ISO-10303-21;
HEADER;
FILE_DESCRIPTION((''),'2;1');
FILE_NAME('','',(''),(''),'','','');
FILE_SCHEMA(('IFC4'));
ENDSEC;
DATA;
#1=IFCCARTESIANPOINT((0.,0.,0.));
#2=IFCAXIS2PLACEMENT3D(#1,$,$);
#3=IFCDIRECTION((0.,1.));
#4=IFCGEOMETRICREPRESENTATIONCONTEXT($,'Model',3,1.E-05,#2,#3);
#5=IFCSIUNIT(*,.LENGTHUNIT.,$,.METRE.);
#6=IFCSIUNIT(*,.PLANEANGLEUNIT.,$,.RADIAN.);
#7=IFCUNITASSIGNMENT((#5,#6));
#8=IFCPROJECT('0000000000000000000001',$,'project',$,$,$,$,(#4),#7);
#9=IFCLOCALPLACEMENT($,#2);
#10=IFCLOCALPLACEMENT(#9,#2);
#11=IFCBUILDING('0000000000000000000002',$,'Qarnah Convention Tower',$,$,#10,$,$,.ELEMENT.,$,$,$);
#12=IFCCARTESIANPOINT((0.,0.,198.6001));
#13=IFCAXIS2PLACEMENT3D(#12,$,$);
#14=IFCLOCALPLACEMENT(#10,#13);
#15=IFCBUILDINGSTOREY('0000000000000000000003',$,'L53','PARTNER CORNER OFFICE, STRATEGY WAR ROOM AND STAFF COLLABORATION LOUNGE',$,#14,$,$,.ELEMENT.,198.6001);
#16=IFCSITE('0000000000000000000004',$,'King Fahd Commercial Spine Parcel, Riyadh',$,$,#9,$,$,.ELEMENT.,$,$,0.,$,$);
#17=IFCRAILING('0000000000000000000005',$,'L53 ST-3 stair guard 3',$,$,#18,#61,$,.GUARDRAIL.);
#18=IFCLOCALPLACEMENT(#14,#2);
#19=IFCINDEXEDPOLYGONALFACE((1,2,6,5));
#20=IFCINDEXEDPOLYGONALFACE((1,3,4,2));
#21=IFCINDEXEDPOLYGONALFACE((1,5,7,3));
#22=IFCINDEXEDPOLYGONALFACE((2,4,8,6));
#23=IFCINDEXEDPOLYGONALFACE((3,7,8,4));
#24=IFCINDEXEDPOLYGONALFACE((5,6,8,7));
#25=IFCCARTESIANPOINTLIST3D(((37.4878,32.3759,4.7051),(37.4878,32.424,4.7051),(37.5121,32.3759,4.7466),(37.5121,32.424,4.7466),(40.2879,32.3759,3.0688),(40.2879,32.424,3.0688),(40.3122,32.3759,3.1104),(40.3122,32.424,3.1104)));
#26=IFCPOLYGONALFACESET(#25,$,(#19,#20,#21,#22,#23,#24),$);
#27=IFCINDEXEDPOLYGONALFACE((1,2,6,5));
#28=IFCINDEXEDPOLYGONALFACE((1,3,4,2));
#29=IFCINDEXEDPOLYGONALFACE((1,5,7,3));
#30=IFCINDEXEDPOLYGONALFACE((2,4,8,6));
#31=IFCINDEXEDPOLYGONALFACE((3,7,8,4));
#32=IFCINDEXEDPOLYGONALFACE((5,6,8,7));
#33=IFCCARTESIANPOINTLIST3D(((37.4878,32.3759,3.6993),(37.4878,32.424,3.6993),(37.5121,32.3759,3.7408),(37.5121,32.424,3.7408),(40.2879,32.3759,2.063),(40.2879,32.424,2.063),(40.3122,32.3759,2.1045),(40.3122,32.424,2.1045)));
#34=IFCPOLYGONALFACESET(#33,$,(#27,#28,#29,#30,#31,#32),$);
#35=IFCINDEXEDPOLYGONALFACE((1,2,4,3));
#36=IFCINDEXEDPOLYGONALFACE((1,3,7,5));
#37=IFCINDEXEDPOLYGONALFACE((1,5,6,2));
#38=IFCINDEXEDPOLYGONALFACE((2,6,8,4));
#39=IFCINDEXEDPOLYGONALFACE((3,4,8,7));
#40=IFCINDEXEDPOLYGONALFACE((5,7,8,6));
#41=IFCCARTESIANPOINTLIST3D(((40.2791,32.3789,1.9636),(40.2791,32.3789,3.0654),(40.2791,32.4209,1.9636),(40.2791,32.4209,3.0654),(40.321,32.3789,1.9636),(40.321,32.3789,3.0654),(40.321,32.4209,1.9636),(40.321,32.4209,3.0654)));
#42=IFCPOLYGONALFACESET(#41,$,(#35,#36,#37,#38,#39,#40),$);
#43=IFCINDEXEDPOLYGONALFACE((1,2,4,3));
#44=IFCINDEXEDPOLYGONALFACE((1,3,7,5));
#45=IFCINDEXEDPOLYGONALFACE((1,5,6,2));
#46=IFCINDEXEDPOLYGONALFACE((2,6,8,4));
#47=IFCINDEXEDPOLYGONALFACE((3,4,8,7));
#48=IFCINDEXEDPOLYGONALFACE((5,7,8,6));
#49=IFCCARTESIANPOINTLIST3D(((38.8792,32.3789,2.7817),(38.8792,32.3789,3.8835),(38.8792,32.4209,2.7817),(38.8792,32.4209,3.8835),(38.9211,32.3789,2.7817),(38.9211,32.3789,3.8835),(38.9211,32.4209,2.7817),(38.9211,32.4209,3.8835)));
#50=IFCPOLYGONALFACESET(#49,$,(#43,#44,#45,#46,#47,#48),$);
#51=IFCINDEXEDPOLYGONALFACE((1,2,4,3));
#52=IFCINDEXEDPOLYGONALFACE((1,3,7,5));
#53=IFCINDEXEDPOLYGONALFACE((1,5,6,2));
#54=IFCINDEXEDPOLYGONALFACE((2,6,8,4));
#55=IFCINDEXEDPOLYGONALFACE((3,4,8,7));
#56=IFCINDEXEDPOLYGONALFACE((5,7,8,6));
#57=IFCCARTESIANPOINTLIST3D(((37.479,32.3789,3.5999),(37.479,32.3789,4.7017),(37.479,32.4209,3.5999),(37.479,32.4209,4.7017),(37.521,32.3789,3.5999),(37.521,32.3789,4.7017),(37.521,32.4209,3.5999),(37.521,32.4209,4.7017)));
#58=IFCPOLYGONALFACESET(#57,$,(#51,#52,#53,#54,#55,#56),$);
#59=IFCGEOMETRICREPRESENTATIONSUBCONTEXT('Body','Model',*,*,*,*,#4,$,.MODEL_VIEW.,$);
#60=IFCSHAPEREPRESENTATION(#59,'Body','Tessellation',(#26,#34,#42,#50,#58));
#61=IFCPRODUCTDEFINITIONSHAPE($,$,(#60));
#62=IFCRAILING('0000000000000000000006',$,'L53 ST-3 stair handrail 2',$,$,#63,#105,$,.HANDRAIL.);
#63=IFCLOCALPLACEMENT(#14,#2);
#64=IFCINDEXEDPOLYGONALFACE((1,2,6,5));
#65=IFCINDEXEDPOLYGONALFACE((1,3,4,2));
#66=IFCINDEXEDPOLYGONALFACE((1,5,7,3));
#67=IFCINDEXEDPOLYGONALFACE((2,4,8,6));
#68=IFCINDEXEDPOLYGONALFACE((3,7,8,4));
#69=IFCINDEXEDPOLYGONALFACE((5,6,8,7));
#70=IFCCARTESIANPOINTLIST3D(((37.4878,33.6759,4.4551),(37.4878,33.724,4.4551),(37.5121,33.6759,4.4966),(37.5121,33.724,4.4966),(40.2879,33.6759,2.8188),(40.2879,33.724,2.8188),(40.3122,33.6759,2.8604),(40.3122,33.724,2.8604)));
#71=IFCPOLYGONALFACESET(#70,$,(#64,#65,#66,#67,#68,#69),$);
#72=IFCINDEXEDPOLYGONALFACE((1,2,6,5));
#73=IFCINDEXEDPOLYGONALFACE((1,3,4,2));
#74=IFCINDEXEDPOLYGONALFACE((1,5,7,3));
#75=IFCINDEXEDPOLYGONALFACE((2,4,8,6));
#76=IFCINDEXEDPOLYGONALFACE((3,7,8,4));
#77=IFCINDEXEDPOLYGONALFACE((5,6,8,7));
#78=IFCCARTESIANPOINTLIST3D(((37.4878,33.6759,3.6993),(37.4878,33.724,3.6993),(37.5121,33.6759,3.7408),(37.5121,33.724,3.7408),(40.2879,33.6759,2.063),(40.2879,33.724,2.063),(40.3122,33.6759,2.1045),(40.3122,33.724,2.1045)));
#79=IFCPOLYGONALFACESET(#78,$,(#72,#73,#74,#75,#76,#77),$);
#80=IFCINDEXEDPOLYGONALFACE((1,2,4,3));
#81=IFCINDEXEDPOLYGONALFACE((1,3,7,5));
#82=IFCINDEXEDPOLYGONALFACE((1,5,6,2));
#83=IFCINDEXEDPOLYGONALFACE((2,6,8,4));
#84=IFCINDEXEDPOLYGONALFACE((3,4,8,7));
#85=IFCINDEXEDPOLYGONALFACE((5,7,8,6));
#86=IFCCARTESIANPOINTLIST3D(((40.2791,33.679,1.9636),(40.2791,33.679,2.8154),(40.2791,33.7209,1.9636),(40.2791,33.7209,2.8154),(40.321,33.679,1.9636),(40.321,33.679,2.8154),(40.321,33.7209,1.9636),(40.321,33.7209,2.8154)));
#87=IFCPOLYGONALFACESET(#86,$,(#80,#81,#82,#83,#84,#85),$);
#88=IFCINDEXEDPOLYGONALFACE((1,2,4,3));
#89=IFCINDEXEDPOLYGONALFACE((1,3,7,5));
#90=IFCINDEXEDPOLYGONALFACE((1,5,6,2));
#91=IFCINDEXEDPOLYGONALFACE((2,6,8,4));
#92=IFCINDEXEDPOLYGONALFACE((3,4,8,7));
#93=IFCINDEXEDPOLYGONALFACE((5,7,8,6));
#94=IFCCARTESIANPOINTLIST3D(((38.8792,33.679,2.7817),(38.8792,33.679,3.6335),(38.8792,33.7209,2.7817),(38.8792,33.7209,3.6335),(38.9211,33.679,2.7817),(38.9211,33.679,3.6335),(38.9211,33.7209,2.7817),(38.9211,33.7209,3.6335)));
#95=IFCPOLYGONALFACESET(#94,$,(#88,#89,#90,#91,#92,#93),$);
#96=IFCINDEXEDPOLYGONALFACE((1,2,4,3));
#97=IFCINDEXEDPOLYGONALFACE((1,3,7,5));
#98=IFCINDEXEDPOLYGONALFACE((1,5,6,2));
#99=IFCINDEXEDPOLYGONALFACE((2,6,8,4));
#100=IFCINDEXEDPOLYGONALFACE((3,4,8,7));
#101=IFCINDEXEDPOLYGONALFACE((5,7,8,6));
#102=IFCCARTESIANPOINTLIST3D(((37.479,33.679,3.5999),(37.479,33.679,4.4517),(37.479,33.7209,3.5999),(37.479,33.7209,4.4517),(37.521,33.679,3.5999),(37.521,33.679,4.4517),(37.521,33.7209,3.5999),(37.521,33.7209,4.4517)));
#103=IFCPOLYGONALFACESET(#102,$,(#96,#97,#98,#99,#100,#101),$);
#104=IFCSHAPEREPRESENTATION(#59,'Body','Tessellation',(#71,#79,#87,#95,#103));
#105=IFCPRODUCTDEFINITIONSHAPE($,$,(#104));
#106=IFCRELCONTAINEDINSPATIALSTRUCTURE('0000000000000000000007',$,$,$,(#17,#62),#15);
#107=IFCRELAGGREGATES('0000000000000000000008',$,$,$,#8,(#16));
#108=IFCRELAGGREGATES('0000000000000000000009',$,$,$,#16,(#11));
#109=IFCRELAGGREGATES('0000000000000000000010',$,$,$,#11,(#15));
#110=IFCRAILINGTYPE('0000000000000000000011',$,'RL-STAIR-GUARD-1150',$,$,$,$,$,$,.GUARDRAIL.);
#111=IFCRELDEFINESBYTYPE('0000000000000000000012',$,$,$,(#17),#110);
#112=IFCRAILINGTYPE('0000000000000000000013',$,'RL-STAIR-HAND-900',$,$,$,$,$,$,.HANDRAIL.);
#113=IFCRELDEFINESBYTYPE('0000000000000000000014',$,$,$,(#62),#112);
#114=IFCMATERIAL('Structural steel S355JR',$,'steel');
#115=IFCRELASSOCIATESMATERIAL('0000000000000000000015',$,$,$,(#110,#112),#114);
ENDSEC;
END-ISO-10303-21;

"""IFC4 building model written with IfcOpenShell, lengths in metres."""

from ifc_helpers import new_model, si_unit, direction, frame, origin, origin_2d, place, context, subcontext, project, spatial, rectangle, extrude, material, type_object, element, save


model = new_model("IFC4")

# Units and contexts
model_context = context("Model", 3, precision=1e-05, world=origin(), true_north=direction((0.0, 1.0)))
body_context = subcontext(model_context, "Body", "Model", "MODEL_VIEW")
ifc_project = project(units=[si_unit("LENGTHUNIT", "METRE"), si_unit("PLANEANGLEUNIT", "RADIAN")], contexts=[model_context])

# Site, building, storey
site_placement = place(None, origin())
site = spatial("IfcSite", under=ifc_project, at=site_placement, Name="King Fahd Commercial Spine Parcel, Riyadh", CompositionType="ELEMENT", RefElevation=0.0)
building_placement = place(site_placement, origin())
building = spatial("IfcBuilding", under=site, at=building_placement, Name="Qarnah Convention Tower", CompositionType="ELEMENT")
storey_placement = place(building_placement, frame((0.0, 0.0, 198.6001)))
storey = spatial("IfcBuildingStorey", under=building, at=storey_placement, Name="L53", Description="PARTNER CORNER OFFICE, STRATEGY WAR ROOM AND STAFF COLLABORATION LOUNGE", CompositionType="ELEMENT", Elevation=198.6001)

# Shared definitions
ifc_material_1 = material(Name="Structural steel S355JR", Category="steel")

# Railings
railing_type_1 = type_object("IfcRailingType", Name="RL-STAIR-GUARD-1150", PredefinedType="GUARDRAIL", material=ifc_material_1)
railing_1_placement = place(storey_placement, frame((40.3, 32.3999, 1.9636)))
element("IfcRailing", 1, at=railing_1_placement, inside=storey, type_object=railing_type_1, Name="L53 ST-3 stair guard 3", PredefinedType="GUARDRAIL", context=body_context, shape_type="SweptSolid", body=[
    extrude(rectangle(XDim=0.0481, YDim=0.0481, at=origin_2d()), frame((0.0, 0.0, 1.126), z_axis=(-0.863394, 0.0, 0.504531), x_axis=(0.0, -1.0, 0.0)), (0.0, 0.0, 1.0), 3.2432),
    extrude(rectangle(XDim=0.0481, YDim=0.0481, at=origin_2d()), frame((0.0, 0.0, 0.1201), z_axis=(-0.863394, 0.0, 0.504531), x_axis=(0.0, -1.0, 0.0)), (0.0, 0.0, 1.0), 3.2432),
    extrude(rectangle(XDim=0.042, YDim=0.042, at=origin_2d()), origin(), (0.0, 0.0, 1.0), 1.1018),
    extrude(rectangle(XDim=0.042, YDim=0.042, at=origin_2d()), frame((-1.3999, 0.0, 0.8181)), (0.0, 0.0, 1.0), 1.1018),
    extrude(rectangle(XDim=0.042, YDim=0.042, at=origin_2d()), frame((-2.8, 0.0, 1.6362)), (0.0, 0.0, 1.0), 1.1018),
])
railing_type_2 = type_object("IfcRailingType", Name="RL-STAIR-HAND-900", PredefinedType="HANDRAIL", material=ifc_material_1)
railing_2_placement = place(storey_placement, frame((40.3, 33.7, 1.9636)))
element("IfcRailing", 2, at=railing_2_placement, inside=storey, type_object=railing_type_2, Name="L53 ST-3 stair handrail 2", PredefinedType="HANDRAIL", context=body_context, shape_type="SweptSolid", body=[
    extrude(rectangle(XDim=0.0481, YDim=0.0481, at=origin_2d()), frame((0.0, 0.0, 0.876), z_axis=(-0.863394, 0.0, 0.504531), x_axis=(0.0, -1.0, 0.0)), (0.0, 0.0, 1.0), 3.2432),
    extrude(rectangle(XDim=0.0481, YDim=0.0481, at=origin_2d()), frame((0.0, 0.0, 0.1201), z_axis=(-0.863394, 0.0, 0.504531), x_axis=(0.0, -1.0, 0.0)), (0.0, 0.0, 1.0), 3.2432),
    extrude(rectangle(XDim=0.042, YDim=0.042, at=origin_2d()), origin(), (0.0, 0.0, 1.0), 0.8518),
    extrude(rectangle(XDim=0.042, YDim=0.042, at=origin_2d()), frame((-1.3999, 0.0, 0.8181)), (0.0, 0.0, 1.0), 0.8518),
    extrude(rectangle(XDim=0.042, YDim=0.042, at=origin_2d()), frame((-2.8, 0.0, 1.6362)), (0.0, 0.0, 1.0), 0.8518),
])

save(model, "model.ifc")
